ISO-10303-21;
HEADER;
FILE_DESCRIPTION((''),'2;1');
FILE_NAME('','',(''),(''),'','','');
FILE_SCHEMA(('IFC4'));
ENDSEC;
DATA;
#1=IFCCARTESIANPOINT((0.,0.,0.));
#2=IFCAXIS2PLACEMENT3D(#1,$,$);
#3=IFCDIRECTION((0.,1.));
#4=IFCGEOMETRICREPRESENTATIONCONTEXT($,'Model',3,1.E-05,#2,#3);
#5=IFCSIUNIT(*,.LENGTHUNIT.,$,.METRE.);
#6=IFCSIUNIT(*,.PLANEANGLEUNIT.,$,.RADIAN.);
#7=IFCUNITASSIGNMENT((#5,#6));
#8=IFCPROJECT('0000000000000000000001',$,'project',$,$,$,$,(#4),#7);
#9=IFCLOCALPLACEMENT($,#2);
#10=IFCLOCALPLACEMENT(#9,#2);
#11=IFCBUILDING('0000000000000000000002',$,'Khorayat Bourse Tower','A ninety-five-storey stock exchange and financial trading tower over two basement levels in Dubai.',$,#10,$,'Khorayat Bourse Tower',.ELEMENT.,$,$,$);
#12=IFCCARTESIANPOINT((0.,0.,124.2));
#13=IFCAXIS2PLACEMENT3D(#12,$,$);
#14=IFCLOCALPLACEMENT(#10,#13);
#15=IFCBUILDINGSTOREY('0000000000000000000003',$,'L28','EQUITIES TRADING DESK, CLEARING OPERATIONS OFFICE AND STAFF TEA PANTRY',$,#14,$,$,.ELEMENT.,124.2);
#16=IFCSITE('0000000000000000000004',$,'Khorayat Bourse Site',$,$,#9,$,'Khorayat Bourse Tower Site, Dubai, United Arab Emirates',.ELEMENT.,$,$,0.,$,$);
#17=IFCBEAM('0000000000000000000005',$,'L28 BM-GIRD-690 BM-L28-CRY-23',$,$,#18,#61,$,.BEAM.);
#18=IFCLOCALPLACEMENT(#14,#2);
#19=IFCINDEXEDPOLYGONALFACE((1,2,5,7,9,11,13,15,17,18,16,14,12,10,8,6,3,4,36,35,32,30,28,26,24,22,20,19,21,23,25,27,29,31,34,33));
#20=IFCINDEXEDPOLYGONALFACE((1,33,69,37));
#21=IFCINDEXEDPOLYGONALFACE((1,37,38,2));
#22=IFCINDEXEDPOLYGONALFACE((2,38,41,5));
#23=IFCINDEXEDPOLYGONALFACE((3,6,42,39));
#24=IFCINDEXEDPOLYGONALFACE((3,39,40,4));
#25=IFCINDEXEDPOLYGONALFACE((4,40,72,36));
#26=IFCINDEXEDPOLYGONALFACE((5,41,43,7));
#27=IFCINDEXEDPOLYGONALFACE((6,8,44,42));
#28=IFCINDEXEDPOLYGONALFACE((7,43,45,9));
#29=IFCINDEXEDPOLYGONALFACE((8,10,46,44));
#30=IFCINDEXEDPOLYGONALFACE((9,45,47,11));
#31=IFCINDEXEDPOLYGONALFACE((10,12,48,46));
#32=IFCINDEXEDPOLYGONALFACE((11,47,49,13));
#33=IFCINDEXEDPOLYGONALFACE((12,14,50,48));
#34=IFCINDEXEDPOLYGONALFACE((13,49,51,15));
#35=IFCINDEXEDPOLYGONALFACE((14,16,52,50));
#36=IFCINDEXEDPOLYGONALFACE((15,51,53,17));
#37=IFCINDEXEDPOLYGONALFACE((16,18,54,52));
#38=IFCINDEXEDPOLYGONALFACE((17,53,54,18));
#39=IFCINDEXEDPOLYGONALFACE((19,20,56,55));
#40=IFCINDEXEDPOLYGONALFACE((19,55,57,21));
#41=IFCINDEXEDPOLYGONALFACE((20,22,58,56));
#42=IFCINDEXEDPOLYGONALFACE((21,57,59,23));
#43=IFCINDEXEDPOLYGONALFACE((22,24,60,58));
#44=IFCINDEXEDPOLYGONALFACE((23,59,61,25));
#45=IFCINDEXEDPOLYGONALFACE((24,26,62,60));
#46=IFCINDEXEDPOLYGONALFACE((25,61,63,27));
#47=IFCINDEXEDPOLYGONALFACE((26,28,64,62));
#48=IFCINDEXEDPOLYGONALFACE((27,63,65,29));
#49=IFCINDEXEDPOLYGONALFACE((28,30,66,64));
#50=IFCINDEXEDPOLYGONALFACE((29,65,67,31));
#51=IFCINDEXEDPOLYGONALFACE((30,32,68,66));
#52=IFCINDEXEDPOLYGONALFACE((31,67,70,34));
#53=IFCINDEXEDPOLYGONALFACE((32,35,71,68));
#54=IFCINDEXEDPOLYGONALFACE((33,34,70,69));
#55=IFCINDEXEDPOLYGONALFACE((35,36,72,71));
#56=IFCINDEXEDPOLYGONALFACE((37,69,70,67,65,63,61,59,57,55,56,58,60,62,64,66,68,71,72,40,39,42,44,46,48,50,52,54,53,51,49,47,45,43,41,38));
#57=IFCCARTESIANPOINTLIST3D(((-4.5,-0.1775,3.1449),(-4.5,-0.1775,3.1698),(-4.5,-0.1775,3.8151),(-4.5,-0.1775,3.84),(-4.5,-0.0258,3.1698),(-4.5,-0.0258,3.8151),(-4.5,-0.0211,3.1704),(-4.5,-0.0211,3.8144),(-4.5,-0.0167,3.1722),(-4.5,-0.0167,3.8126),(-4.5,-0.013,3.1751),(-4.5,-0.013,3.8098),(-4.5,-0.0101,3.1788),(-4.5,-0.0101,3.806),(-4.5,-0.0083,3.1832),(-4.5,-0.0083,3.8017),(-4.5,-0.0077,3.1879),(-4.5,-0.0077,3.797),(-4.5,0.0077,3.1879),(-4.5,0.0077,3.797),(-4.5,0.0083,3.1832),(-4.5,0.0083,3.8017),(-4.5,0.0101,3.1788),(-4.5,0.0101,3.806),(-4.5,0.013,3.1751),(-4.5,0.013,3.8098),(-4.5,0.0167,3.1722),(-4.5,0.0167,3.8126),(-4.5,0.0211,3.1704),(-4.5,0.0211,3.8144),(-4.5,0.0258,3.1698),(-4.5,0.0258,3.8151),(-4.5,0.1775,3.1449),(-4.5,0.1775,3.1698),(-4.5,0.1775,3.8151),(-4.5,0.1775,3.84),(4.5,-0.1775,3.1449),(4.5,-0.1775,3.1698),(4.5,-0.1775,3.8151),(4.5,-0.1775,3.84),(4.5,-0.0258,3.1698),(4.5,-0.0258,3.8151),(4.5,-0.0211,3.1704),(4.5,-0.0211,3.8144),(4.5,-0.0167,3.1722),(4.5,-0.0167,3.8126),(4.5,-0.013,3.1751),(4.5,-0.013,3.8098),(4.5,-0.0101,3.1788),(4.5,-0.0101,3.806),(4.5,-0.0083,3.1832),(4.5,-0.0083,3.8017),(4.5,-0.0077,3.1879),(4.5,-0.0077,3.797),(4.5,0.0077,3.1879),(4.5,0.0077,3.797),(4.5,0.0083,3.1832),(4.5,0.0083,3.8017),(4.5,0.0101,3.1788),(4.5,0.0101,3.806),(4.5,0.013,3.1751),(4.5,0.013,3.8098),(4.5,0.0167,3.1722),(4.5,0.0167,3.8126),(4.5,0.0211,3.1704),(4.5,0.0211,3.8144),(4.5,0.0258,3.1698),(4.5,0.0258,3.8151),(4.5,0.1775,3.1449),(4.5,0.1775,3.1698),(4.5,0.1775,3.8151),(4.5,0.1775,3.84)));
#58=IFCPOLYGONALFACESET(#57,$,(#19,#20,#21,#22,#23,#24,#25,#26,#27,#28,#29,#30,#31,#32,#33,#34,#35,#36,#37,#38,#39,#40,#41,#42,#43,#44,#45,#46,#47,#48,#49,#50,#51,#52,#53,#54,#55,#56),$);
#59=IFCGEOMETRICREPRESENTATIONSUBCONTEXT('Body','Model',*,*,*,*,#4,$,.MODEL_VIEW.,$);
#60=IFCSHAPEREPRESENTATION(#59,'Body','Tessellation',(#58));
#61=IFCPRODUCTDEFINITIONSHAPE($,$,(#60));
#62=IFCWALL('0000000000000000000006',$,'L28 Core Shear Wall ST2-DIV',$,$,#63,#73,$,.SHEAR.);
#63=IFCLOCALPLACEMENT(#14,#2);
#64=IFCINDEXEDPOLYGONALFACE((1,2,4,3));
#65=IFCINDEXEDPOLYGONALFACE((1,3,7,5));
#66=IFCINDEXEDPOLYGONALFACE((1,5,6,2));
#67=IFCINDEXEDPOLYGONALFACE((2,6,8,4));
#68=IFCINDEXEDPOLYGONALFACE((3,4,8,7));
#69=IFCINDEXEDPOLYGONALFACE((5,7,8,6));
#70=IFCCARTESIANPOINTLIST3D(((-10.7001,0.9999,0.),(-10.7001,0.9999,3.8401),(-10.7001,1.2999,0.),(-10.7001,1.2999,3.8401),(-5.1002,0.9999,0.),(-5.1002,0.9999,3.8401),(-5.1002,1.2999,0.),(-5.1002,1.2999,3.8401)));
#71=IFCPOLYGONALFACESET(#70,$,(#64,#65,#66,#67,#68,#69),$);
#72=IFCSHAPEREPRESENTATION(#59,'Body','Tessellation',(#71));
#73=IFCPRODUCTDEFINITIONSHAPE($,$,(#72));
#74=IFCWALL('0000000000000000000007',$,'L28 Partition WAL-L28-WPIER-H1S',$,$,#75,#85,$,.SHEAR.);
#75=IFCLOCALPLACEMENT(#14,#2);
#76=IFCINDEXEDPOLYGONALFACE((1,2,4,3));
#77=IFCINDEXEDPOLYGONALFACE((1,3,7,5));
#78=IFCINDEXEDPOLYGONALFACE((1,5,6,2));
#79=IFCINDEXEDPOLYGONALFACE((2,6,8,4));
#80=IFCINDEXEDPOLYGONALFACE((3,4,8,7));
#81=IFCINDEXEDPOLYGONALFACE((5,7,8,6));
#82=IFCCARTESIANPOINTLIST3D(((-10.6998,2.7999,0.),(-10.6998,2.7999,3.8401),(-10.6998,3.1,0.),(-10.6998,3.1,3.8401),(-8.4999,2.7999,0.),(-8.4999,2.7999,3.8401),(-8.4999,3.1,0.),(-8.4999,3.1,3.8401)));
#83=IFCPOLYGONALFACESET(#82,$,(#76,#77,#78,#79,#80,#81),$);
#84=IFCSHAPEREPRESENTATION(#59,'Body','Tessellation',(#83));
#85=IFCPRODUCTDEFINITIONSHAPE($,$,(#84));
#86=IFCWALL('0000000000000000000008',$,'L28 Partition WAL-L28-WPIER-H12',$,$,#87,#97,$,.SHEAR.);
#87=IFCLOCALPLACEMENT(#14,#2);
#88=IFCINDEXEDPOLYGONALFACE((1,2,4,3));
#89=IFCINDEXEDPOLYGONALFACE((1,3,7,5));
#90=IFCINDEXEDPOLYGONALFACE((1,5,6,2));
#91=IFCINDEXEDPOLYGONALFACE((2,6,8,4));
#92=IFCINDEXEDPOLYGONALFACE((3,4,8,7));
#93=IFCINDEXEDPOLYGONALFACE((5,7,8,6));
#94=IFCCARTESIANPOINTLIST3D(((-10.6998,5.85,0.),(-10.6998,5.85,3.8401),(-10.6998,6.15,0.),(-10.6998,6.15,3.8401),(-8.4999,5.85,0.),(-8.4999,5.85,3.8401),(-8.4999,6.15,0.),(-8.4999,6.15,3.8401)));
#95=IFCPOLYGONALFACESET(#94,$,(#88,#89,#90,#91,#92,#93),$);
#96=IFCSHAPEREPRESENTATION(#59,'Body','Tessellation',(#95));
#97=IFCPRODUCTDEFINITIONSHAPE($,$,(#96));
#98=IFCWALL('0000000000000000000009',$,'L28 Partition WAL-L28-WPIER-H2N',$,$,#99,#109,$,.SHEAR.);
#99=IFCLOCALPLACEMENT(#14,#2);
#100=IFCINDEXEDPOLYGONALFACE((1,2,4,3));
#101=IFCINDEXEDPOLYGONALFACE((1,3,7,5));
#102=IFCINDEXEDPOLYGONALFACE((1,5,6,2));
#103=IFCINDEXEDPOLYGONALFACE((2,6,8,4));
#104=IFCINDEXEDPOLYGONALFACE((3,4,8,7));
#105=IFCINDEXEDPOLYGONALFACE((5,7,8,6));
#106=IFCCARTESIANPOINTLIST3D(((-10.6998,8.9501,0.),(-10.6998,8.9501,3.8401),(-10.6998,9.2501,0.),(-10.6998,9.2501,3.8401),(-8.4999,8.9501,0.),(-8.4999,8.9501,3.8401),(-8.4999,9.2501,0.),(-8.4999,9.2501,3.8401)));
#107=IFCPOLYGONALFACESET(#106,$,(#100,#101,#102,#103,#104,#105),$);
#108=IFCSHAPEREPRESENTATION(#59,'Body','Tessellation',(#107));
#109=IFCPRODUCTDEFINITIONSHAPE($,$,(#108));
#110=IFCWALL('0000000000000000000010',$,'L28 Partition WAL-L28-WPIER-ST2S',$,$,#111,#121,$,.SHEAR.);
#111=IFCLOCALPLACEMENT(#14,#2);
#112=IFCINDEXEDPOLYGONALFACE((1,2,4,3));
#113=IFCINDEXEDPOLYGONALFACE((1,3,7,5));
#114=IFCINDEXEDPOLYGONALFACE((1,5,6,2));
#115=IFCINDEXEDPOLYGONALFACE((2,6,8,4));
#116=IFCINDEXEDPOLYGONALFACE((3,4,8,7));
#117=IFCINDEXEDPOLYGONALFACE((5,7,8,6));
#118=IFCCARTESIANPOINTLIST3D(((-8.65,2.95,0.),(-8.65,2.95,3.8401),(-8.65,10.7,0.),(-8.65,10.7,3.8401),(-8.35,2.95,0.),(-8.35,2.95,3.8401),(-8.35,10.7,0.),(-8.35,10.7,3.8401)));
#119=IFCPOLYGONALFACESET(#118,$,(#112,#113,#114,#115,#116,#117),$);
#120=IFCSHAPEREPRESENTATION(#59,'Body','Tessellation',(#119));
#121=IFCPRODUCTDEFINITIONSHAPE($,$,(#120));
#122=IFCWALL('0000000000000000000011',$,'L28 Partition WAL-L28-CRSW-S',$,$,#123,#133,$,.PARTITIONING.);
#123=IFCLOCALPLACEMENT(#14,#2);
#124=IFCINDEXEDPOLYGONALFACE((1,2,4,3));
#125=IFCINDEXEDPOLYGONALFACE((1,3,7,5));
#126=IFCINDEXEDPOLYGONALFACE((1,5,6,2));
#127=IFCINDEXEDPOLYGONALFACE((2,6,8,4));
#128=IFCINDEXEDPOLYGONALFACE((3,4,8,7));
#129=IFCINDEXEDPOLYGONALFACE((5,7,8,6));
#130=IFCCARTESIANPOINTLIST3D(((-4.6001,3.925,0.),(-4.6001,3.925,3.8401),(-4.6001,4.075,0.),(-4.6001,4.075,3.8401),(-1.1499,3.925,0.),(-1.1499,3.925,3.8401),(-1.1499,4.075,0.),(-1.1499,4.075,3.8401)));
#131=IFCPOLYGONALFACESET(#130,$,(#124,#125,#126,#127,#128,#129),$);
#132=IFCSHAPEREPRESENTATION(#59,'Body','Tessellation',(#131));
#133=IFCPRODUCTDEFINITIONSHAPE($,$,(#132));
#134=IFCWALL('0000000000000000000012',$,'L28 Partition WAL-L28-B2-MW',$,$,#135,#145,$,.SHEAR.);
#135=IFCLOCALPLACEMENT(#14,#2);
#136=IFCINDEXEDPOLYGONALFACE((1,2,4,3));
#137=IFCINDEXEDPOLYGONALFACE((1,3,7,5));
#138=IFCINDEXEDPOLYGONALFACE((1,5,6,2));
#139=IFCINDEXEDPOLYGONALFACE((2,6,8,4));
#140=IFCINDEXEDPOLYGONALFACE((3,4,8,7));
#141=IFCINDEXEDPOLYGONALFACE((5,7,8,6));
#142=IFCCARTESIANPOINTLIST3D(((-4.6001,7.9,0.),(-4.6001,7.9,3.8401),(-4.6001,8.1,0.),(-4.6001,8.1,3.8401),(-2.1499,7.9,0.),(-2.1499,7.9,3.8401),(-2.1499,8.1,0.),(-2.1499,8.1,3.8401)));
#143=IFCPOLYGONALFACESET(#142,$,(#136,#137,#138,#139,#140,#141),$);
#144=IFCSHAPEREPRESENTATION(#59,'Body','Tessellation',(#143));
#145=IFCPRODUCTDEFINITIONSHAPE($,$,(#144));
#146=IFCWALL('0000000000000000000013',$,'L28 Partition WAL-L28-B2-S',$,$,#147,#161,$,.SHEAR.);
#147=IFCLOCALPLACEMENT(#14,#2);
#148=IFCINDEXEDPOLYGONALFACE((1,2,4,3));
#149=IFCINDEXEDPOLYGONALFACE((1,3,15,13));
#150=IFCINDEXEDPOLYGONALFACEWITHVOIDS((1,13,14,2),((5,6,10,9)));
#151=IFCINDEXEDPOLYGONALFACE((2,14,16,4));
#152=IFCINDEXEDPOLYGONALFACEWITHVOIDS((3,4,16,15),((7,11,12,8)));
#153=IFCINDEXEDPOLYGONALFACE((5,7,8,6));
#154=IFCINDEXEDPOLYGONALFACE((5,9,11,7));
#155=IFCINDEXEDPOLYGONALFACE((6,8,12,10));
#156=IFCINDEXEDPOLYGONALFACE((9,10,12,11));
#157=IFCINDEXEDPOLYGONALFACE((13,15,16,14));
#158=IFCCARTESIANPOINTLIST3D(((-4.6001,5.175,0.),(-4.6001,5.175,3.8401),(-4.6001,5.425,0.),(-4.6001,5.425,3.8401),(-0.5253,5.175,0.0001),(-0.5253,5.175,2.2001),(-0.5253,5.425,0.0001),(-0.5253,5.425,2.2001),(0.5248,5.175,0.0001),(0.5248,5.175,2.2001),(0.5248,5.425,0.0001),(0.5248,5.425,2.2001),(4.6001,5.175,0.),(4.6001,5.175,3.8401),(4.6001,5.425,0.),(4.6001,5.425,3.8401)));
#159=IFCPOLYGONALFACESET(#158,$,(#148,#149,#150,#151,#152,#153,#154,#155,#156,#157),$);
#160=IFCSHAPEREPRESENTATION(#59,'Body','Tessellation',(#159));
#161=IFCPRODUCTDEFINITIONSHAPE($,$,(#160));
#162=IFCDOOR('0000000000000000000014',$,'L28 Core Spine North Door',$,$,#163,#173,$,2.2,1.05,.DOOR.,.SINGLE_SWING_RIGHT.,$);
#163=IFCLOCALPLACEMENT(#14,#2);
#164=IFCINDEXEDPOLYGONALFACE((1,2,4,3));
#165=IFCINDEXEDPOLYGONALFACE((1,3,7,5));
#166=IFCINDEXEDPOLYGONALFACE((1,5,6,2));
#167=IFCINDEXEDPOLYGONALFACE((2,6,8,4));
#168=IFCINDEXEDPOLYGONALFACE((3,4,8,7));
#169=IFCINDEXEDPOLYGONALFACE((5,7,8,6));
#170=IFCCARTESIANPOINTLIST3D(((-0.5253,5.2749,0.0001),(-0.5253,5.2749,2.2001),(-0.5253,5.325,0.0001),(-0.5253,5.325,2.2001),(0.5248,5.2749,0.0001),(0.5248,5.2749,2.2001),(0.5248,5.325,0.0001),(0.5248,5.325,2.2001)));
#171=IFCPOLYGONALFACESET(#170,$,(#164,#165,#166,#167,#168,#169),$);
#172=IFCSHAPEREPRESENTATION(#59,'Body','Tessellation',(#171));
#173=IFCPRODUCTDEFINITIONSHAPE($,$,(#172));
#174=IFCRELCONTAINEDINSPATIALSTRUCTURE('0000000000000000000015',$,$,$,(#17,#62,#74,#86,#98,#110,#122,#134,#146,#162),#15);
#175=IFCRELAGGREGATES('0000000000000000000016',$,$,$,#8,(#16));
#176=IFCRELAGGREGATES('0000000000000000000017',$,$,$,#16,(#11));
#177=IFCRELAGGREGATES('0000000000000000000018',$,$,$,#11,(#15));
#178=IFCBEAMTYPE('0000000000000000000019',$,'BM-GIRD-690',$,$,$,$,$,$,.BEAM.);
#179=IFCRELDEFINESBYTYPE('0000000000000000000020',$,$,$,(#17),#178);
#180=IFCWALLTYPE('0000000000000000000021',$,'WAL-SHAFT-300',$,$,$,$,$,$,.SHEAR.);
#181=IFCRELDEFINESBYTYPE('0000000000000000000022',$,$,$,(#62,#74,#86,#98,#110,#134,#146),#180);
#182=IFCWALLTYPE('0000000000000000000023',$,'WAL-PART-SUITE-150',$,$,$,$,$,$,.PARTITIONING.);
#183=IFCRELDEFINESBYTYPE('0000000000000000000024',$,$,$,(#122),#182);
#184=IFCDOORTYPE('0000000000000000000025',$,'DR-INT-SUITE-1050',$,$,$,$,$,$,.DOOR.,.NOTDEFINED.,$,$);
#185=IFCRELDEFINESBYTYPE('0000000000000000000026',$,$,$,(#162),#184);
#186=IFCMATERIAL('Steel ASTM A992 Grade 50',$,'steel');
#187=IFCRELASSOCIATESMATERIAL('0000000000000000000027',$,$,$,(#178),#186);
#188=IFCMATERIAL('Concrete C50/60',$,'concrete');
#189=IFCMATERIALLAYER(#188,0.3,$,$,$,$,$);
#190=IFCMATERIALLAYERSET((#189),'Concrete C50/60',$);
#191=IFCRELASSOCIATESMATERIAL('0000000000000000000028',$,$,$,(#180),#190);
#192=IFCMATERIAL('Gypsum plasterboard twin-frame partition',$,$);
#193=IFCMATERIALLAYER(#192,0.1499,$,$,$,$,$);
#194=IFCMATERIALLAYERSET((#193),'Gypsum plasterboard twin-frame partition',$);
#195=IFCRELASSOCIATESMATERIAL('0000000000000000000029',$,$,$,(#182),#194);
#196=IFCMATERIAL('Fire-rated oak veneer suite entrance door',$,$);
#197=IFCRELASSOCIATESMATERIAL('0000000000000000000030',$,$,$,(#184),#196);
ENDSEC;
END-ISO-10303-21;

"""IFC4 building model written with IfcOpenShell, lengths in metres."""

from ifc_helpers import new_model, si_unit, direction, frame, frame_2d, origin, origin_2d, place, context, subcontext, project, spatial, rectangle, i_section, extrude, source, transform, mapped, material, layer, layer_set, material_profile, profile_set, type_object, element, fill, save


model = new_model("IFC4")

# Units and contexts
model_context = context("Model", 3, precision=1e-05, world=origin(), true_north=direction((0.0, 1.0)))
body_context = subcontext(model_context, "Body", "Model", "MODEL_VIEW")
ifc_project = project(units=[si_unit("LENGTHUNIT", "METRE"), si_unit("PLANEANGLEUNIT", "RADIAN")], contexts=[model_context])

# Site, building, storey
site_placement = place(None, origin())
site = spatial("IfcSite", under=ifc_project, at=site_placement, Name="Khorayat Bourse Site", LongName="Khorayat Bourse Tower Site, Dubai, United Arab Emirates", CompositionType="ELEMENT", RefElevation=0.0)
building_placement = place(site_placement, origin())
building = spatial("IfcBuilding", under=site, at=building_placement, Name="Khorayat Bourse Tower", Description="A ninety-five-storey stock exchange and financial trading tower over two basement levels in Dubai.", LongName="Khorayat Bourse Tower", CompositionType="ELEMENT")
storey_placement = place(building_placement, frame((0.0, 0.0, 124.2)))
storey = spatial("IfcBuildingStorey", under=building, at=storey_placement, Name="L28", Description="EQUITIES TRADING DESK, CLEARING OPERATIONS OFFICE AND STAFF TEA PANTRY", CompositionType="ELEMENT", Elevation=124.2)

# Beam
ifc_material_1 = material(Name="Steel ASTM A992 Grade 50", Category="steel")
ifc_material_profile_1 = material_profile(ifc_material_1, i_section(OverallWidth=0.355, OverallDepth=0.6951, WebThickness=0.0154, FlangeThickness=0.0249, FilletRadius=0.0181, at=origin_2d()), Name="W690X217")
ifc_profile_set_1 = profile_set([ifc_material_profile_1], Name="Steel ASTM A992 Grade 50")
beam_type_1 = type_object("IfcBeamType", Name="BM-GIRD-690", PredefinedType="BEAM", material=ifc_profile_set_1)
shared_shape_1 = source(origin(), body_context, "Body", "SweptSolid", [
    extrude(i_section(OverallWidth=0.355, OverallDepth=0.6951, WebThickness=0.0154, FlangeThickness=0.0249, FilletRadius=0.0181, at=origin_2d()), origin(), (0.0, 0.0, 1.0), 9.0),
])
beam_1_placement = place(storey_placement, frame((-4.5, 0.0, 3.4924), z_axis=(1.0, 0.0, 0.0), x_axis=(0.0, 1.0, 0.0)))
element("IfcBeam", 1, at=beam_1_placement, inside=storey, type_object=beam_type_1, Name="L28 BM-GIRD-690 BM-L28-CRY-23", PredefinedType="BEAM", context=body_context, shape_type="MappedRepresentation", body=[
    mapped(shared_shape_1, transform((0.0, 0.0, 0.0), scale=1.0)),
])

# Walls
ifc_material_2 = material(Name="Concrete C50/60", Category="concrete")
ifc_layer_1 = layer(ifc_material_2, 0.3)
ifc_layer_set_1 = layer_set([ifc_layer_1], Name="Concrete C50/60")
wall_type_1 = type_object("IfcWallType", Name="WAL-SHAFT-300", PredefinedType="SHEAR", material=ifc_layer_set_1)
shared_shape_2 = source(origin(), body_context, "Body", "SweptSolid", [
    extrude(rectangle(XDim=5.5999, YDim=0.3, at=frame_2d((2.7998, 0.0))), origin(), (0.0, 0.0, 1.0), 3.8401),
])
wall_1_placement = place(storey_placement, frame((-10.7, 1.1499, 0.0), z_axis=(0.0, 0.0, 1.0), x_axis=(1.0, 0.0, 0.0)))
element("IfcWall", 2, at=wall_1_placement, inside=storey, type_object=wall_type_1, Name="L28 Core Shear Wall ST2-DIV", PredefinedType="SHEAR", context=body_context, shape_type="MappedRepresentation", body=[
    mapped(shared_shape_2, transform((0.0, 0.0, 0.0), scale=1.0)),
])
shared_shape_3 = source(origin(), body_context, "Body", "SweptSolid", [
    extrude(rectangle(XDim=2.2, YDim=0.3, at=frame_2d((1.1001, 0.0))), origin(), (0.0, 0.0, 1.0), 3.8401),
])
for number, where, z_axis, x_axis, name in (
    (3, (-10.7, 2.95, 0.0), (0.0, 0.0, 1.0), (1.0, 0.0, 0.0), "L28 Partition WAL-L28-WPIER-H1S"),
    (4, (-10.7, 6.0, 0.0), (0.0, 0.0, 1.0), (1.0, 0.0, 0.0), "L28 Partition WAL-L28-WPIER-H12"),
    (5, (-10.7, 9.1001, 0.0), (0.0, 0.0, 1.0), (1.0, 0.0, 0.0), "L28 Partition WAL-L28-WPIER-H2N"),
):
    element("IfcWall", number, at=place(storey_placement, frame(where, z_axis=z_axis, x_axis=x_axis)), inside=storey, type_object=wall_type_1, Name=name, PredefinedType="SHEAR", context=body_context, shape_type="MappedRepresentation", body=[
        mapped(shared_shape_3, transform((0.0, 0.0, 0.0), scale=1.0)),
    ])
shared_shape_4 = source(origin(), body_context, "Body", "SweptSolid", [
    extrude(rectangle(XDim=7.75, YDim=0.3, at=frame_2d((3.875, 0.0))), origin(), (0.0, 0.0, 1.0), 3.8401),
])
wall_2_placement = place(storey_placement, frame((-8.5, 2.95, 0.0), z_axis=(0.0, 0.0, 1.0), x_axis=(0.0, 1.0, 0.0)))
element("IfcWall", 6, at=wall_2_placement, inside=storey, type_object=wall_type_1, Name="L28 Partition WAL-L28-WPIER-ST2S", PredefinedType="SHEAR", context=body_context, shape_type="MappedRepresentation", body=[
    mapped(shared_shape_4, transform((0.0, 0.0, 0.0), scale=1.0)),
])
ifc_material_3 = material(Name="Gypsum plasterboard twin-frame partition")
ifc_layer_2 = layer(ifc_material_3, 0.1499)
ifc_layer_set_2 = layer_set([ifc_layer_2], Name="Gypsum plasterboard twin-frame partition")
wall_type_2 = type_object("IfcWallType", Name="WAL-PART-SUITE-150", PredefinedType="PARTITIONING", material=ifc_layer_set_2)
shared_shape_5 = source(origin(), body_context, "Body", "SweptSolid", [
    extrude(rectangle(XDim=3.4502, YDim=0.1499, at=frame_2d((1.7251, 0.0))), origin(), (0.0, 0.0, 1.0), 3.8401),
])
wall_3_placement = place(storey_placement, frame((-4.6001, 4.0, 0.0), z_axis=(0.0, 0.0, 1.0), x_axis=(1.0, 0.0, 0.0)))
element("IfcWall", 7, at=wall_3_placement, inside=storey, type_object=wall_type_2, Name="L28 Partition WAL-L28-CRSW-S", PredefinedType="PARTITIONING", context=body_context, shape_type="MappedRepresentation", body=[
    mapped(shared_shape_5, transform((0.0, 0.0, 0.0), scale=1.0)),
])
shared_shape_6 = source(origin(), body_context, "Body", "SweptSolid", [
    extrude(rectangle(XDim=2.4502, YDim=0.2, at=frame_2d((1.2251, 0.0))), origin(), (0.0, 0.0, 1.0), 3.8401),
])
wall_4_placement = place(storey_placement, frame((-4.6001, 8.0, 0.0), z_axis=(0.0, 0.0, 1.0), x_axis=(1.0, 0.0, 0.0)))
element("IfcWall", 8, at=wall_4_placement, inside=storey, type_object=wall_type_1, Name="L28 Partition WAL-L28-B2-MW", PredefinedType="SHEAR", context=body_context, shape_type="MappedRepresentation", body=[
    mapped(shared_shape_6, transform((0.0, 0.0, 0.0), scale=1.0)),
])

# Wall, opening, door
shared_shape_7 = source(origin(), body_context, "Body", "SweptSolid", [
    extrude(rectangle(XDim=9.2002, YDim=0.25, at=frame_2d((4.6001, 0.0))), origin(), (0.0, 0.0, 1.0), 3.8401),
])
wall_5_placement = place(storey_placement, frame((-4.6001, 5.3, 0.0), z_axis=(0.0, 0.0, 1.0), x_axis=(1.0, 0.0, 0.0)))
wall_5 = element("IfcWall", 9, at=wall_5_placement, inside=storey, type_object=wall_type_1, Name="L28 Partition WAL-L28-B2-S", PredefinedType="SHEAR", context=body_context, shape_type="MappedRepresentation", body=[
    mapped(shared_shape_7, transform((0.0, 0.0, 0.0), scale=1.0)),
])
shared_shape_8 = source(origin(), body_context, "Body", "SweptSolid", [
    extrude(rectangle(XDim=1.05, YDim=2.2, at=frame_2d((0.5249, 1.1001))), frame((0.0, 0.135, 0.0), z_axis=(0.0, -1.0, 0.0), x_axis=(1.0, 0.0, 0.0)), (0.0, 0.0, 1.0), 0.27),
])
opening_placement = place(wall_5_placement, frame((4.075, 0.0, 0.0)))
opening = element("IfcOpeningElement", 10, at=opening_placement, cuts=wall_5, PredefinedType="OPENING", context=body_context, shape_type="MappedRepresentation", body=[
    mapped(shared_shape_8, transform((0.0, 0.0, 0.0), scale=1.0)),
])
ifc_material_4 = material(Name="Fire-rated oak veneer suite entrance door")
door_type = type_object("IfcDoorType", Name="DR-INT-SUITE-1050", OperationType="NOTDEFINED", PredefinedType="DOOR", material=ifc_material_4)
shared_shape_9 = source(origin(), body_context, "Body", "SweptSolid", [
    extrude(rectangle(XDim=1.05, YDim=2.2, at=frame_2d((0.5249, 1.1001))), frame((0.0, 0.0249, 0.0), z_axis=(0.0, -1.0, 0.0), x_axis=(1.0, 0.0, 0.0)), (0.0, 0.0, 1.0), 0.05),
])
door_placement = place(opening_placement, origin())
door = element("IfcDoor", 11, at=door_placement, inside=storey, type_object=door_type, Name="L28 Core Spine North Door", OperationType="SINGLE_SWING_RIGHT", OverallHeight=2.2, OverallWidth=1.05, PredefinedType="DOOR", context=body_context, shape_type="MappedRepresentation", body=[
    mapped(shared_shape_9, transform((0.0, 0.0, 0.0), scale=1.0)),
])
fill(opening, door)

save(model, "model.ifc")
